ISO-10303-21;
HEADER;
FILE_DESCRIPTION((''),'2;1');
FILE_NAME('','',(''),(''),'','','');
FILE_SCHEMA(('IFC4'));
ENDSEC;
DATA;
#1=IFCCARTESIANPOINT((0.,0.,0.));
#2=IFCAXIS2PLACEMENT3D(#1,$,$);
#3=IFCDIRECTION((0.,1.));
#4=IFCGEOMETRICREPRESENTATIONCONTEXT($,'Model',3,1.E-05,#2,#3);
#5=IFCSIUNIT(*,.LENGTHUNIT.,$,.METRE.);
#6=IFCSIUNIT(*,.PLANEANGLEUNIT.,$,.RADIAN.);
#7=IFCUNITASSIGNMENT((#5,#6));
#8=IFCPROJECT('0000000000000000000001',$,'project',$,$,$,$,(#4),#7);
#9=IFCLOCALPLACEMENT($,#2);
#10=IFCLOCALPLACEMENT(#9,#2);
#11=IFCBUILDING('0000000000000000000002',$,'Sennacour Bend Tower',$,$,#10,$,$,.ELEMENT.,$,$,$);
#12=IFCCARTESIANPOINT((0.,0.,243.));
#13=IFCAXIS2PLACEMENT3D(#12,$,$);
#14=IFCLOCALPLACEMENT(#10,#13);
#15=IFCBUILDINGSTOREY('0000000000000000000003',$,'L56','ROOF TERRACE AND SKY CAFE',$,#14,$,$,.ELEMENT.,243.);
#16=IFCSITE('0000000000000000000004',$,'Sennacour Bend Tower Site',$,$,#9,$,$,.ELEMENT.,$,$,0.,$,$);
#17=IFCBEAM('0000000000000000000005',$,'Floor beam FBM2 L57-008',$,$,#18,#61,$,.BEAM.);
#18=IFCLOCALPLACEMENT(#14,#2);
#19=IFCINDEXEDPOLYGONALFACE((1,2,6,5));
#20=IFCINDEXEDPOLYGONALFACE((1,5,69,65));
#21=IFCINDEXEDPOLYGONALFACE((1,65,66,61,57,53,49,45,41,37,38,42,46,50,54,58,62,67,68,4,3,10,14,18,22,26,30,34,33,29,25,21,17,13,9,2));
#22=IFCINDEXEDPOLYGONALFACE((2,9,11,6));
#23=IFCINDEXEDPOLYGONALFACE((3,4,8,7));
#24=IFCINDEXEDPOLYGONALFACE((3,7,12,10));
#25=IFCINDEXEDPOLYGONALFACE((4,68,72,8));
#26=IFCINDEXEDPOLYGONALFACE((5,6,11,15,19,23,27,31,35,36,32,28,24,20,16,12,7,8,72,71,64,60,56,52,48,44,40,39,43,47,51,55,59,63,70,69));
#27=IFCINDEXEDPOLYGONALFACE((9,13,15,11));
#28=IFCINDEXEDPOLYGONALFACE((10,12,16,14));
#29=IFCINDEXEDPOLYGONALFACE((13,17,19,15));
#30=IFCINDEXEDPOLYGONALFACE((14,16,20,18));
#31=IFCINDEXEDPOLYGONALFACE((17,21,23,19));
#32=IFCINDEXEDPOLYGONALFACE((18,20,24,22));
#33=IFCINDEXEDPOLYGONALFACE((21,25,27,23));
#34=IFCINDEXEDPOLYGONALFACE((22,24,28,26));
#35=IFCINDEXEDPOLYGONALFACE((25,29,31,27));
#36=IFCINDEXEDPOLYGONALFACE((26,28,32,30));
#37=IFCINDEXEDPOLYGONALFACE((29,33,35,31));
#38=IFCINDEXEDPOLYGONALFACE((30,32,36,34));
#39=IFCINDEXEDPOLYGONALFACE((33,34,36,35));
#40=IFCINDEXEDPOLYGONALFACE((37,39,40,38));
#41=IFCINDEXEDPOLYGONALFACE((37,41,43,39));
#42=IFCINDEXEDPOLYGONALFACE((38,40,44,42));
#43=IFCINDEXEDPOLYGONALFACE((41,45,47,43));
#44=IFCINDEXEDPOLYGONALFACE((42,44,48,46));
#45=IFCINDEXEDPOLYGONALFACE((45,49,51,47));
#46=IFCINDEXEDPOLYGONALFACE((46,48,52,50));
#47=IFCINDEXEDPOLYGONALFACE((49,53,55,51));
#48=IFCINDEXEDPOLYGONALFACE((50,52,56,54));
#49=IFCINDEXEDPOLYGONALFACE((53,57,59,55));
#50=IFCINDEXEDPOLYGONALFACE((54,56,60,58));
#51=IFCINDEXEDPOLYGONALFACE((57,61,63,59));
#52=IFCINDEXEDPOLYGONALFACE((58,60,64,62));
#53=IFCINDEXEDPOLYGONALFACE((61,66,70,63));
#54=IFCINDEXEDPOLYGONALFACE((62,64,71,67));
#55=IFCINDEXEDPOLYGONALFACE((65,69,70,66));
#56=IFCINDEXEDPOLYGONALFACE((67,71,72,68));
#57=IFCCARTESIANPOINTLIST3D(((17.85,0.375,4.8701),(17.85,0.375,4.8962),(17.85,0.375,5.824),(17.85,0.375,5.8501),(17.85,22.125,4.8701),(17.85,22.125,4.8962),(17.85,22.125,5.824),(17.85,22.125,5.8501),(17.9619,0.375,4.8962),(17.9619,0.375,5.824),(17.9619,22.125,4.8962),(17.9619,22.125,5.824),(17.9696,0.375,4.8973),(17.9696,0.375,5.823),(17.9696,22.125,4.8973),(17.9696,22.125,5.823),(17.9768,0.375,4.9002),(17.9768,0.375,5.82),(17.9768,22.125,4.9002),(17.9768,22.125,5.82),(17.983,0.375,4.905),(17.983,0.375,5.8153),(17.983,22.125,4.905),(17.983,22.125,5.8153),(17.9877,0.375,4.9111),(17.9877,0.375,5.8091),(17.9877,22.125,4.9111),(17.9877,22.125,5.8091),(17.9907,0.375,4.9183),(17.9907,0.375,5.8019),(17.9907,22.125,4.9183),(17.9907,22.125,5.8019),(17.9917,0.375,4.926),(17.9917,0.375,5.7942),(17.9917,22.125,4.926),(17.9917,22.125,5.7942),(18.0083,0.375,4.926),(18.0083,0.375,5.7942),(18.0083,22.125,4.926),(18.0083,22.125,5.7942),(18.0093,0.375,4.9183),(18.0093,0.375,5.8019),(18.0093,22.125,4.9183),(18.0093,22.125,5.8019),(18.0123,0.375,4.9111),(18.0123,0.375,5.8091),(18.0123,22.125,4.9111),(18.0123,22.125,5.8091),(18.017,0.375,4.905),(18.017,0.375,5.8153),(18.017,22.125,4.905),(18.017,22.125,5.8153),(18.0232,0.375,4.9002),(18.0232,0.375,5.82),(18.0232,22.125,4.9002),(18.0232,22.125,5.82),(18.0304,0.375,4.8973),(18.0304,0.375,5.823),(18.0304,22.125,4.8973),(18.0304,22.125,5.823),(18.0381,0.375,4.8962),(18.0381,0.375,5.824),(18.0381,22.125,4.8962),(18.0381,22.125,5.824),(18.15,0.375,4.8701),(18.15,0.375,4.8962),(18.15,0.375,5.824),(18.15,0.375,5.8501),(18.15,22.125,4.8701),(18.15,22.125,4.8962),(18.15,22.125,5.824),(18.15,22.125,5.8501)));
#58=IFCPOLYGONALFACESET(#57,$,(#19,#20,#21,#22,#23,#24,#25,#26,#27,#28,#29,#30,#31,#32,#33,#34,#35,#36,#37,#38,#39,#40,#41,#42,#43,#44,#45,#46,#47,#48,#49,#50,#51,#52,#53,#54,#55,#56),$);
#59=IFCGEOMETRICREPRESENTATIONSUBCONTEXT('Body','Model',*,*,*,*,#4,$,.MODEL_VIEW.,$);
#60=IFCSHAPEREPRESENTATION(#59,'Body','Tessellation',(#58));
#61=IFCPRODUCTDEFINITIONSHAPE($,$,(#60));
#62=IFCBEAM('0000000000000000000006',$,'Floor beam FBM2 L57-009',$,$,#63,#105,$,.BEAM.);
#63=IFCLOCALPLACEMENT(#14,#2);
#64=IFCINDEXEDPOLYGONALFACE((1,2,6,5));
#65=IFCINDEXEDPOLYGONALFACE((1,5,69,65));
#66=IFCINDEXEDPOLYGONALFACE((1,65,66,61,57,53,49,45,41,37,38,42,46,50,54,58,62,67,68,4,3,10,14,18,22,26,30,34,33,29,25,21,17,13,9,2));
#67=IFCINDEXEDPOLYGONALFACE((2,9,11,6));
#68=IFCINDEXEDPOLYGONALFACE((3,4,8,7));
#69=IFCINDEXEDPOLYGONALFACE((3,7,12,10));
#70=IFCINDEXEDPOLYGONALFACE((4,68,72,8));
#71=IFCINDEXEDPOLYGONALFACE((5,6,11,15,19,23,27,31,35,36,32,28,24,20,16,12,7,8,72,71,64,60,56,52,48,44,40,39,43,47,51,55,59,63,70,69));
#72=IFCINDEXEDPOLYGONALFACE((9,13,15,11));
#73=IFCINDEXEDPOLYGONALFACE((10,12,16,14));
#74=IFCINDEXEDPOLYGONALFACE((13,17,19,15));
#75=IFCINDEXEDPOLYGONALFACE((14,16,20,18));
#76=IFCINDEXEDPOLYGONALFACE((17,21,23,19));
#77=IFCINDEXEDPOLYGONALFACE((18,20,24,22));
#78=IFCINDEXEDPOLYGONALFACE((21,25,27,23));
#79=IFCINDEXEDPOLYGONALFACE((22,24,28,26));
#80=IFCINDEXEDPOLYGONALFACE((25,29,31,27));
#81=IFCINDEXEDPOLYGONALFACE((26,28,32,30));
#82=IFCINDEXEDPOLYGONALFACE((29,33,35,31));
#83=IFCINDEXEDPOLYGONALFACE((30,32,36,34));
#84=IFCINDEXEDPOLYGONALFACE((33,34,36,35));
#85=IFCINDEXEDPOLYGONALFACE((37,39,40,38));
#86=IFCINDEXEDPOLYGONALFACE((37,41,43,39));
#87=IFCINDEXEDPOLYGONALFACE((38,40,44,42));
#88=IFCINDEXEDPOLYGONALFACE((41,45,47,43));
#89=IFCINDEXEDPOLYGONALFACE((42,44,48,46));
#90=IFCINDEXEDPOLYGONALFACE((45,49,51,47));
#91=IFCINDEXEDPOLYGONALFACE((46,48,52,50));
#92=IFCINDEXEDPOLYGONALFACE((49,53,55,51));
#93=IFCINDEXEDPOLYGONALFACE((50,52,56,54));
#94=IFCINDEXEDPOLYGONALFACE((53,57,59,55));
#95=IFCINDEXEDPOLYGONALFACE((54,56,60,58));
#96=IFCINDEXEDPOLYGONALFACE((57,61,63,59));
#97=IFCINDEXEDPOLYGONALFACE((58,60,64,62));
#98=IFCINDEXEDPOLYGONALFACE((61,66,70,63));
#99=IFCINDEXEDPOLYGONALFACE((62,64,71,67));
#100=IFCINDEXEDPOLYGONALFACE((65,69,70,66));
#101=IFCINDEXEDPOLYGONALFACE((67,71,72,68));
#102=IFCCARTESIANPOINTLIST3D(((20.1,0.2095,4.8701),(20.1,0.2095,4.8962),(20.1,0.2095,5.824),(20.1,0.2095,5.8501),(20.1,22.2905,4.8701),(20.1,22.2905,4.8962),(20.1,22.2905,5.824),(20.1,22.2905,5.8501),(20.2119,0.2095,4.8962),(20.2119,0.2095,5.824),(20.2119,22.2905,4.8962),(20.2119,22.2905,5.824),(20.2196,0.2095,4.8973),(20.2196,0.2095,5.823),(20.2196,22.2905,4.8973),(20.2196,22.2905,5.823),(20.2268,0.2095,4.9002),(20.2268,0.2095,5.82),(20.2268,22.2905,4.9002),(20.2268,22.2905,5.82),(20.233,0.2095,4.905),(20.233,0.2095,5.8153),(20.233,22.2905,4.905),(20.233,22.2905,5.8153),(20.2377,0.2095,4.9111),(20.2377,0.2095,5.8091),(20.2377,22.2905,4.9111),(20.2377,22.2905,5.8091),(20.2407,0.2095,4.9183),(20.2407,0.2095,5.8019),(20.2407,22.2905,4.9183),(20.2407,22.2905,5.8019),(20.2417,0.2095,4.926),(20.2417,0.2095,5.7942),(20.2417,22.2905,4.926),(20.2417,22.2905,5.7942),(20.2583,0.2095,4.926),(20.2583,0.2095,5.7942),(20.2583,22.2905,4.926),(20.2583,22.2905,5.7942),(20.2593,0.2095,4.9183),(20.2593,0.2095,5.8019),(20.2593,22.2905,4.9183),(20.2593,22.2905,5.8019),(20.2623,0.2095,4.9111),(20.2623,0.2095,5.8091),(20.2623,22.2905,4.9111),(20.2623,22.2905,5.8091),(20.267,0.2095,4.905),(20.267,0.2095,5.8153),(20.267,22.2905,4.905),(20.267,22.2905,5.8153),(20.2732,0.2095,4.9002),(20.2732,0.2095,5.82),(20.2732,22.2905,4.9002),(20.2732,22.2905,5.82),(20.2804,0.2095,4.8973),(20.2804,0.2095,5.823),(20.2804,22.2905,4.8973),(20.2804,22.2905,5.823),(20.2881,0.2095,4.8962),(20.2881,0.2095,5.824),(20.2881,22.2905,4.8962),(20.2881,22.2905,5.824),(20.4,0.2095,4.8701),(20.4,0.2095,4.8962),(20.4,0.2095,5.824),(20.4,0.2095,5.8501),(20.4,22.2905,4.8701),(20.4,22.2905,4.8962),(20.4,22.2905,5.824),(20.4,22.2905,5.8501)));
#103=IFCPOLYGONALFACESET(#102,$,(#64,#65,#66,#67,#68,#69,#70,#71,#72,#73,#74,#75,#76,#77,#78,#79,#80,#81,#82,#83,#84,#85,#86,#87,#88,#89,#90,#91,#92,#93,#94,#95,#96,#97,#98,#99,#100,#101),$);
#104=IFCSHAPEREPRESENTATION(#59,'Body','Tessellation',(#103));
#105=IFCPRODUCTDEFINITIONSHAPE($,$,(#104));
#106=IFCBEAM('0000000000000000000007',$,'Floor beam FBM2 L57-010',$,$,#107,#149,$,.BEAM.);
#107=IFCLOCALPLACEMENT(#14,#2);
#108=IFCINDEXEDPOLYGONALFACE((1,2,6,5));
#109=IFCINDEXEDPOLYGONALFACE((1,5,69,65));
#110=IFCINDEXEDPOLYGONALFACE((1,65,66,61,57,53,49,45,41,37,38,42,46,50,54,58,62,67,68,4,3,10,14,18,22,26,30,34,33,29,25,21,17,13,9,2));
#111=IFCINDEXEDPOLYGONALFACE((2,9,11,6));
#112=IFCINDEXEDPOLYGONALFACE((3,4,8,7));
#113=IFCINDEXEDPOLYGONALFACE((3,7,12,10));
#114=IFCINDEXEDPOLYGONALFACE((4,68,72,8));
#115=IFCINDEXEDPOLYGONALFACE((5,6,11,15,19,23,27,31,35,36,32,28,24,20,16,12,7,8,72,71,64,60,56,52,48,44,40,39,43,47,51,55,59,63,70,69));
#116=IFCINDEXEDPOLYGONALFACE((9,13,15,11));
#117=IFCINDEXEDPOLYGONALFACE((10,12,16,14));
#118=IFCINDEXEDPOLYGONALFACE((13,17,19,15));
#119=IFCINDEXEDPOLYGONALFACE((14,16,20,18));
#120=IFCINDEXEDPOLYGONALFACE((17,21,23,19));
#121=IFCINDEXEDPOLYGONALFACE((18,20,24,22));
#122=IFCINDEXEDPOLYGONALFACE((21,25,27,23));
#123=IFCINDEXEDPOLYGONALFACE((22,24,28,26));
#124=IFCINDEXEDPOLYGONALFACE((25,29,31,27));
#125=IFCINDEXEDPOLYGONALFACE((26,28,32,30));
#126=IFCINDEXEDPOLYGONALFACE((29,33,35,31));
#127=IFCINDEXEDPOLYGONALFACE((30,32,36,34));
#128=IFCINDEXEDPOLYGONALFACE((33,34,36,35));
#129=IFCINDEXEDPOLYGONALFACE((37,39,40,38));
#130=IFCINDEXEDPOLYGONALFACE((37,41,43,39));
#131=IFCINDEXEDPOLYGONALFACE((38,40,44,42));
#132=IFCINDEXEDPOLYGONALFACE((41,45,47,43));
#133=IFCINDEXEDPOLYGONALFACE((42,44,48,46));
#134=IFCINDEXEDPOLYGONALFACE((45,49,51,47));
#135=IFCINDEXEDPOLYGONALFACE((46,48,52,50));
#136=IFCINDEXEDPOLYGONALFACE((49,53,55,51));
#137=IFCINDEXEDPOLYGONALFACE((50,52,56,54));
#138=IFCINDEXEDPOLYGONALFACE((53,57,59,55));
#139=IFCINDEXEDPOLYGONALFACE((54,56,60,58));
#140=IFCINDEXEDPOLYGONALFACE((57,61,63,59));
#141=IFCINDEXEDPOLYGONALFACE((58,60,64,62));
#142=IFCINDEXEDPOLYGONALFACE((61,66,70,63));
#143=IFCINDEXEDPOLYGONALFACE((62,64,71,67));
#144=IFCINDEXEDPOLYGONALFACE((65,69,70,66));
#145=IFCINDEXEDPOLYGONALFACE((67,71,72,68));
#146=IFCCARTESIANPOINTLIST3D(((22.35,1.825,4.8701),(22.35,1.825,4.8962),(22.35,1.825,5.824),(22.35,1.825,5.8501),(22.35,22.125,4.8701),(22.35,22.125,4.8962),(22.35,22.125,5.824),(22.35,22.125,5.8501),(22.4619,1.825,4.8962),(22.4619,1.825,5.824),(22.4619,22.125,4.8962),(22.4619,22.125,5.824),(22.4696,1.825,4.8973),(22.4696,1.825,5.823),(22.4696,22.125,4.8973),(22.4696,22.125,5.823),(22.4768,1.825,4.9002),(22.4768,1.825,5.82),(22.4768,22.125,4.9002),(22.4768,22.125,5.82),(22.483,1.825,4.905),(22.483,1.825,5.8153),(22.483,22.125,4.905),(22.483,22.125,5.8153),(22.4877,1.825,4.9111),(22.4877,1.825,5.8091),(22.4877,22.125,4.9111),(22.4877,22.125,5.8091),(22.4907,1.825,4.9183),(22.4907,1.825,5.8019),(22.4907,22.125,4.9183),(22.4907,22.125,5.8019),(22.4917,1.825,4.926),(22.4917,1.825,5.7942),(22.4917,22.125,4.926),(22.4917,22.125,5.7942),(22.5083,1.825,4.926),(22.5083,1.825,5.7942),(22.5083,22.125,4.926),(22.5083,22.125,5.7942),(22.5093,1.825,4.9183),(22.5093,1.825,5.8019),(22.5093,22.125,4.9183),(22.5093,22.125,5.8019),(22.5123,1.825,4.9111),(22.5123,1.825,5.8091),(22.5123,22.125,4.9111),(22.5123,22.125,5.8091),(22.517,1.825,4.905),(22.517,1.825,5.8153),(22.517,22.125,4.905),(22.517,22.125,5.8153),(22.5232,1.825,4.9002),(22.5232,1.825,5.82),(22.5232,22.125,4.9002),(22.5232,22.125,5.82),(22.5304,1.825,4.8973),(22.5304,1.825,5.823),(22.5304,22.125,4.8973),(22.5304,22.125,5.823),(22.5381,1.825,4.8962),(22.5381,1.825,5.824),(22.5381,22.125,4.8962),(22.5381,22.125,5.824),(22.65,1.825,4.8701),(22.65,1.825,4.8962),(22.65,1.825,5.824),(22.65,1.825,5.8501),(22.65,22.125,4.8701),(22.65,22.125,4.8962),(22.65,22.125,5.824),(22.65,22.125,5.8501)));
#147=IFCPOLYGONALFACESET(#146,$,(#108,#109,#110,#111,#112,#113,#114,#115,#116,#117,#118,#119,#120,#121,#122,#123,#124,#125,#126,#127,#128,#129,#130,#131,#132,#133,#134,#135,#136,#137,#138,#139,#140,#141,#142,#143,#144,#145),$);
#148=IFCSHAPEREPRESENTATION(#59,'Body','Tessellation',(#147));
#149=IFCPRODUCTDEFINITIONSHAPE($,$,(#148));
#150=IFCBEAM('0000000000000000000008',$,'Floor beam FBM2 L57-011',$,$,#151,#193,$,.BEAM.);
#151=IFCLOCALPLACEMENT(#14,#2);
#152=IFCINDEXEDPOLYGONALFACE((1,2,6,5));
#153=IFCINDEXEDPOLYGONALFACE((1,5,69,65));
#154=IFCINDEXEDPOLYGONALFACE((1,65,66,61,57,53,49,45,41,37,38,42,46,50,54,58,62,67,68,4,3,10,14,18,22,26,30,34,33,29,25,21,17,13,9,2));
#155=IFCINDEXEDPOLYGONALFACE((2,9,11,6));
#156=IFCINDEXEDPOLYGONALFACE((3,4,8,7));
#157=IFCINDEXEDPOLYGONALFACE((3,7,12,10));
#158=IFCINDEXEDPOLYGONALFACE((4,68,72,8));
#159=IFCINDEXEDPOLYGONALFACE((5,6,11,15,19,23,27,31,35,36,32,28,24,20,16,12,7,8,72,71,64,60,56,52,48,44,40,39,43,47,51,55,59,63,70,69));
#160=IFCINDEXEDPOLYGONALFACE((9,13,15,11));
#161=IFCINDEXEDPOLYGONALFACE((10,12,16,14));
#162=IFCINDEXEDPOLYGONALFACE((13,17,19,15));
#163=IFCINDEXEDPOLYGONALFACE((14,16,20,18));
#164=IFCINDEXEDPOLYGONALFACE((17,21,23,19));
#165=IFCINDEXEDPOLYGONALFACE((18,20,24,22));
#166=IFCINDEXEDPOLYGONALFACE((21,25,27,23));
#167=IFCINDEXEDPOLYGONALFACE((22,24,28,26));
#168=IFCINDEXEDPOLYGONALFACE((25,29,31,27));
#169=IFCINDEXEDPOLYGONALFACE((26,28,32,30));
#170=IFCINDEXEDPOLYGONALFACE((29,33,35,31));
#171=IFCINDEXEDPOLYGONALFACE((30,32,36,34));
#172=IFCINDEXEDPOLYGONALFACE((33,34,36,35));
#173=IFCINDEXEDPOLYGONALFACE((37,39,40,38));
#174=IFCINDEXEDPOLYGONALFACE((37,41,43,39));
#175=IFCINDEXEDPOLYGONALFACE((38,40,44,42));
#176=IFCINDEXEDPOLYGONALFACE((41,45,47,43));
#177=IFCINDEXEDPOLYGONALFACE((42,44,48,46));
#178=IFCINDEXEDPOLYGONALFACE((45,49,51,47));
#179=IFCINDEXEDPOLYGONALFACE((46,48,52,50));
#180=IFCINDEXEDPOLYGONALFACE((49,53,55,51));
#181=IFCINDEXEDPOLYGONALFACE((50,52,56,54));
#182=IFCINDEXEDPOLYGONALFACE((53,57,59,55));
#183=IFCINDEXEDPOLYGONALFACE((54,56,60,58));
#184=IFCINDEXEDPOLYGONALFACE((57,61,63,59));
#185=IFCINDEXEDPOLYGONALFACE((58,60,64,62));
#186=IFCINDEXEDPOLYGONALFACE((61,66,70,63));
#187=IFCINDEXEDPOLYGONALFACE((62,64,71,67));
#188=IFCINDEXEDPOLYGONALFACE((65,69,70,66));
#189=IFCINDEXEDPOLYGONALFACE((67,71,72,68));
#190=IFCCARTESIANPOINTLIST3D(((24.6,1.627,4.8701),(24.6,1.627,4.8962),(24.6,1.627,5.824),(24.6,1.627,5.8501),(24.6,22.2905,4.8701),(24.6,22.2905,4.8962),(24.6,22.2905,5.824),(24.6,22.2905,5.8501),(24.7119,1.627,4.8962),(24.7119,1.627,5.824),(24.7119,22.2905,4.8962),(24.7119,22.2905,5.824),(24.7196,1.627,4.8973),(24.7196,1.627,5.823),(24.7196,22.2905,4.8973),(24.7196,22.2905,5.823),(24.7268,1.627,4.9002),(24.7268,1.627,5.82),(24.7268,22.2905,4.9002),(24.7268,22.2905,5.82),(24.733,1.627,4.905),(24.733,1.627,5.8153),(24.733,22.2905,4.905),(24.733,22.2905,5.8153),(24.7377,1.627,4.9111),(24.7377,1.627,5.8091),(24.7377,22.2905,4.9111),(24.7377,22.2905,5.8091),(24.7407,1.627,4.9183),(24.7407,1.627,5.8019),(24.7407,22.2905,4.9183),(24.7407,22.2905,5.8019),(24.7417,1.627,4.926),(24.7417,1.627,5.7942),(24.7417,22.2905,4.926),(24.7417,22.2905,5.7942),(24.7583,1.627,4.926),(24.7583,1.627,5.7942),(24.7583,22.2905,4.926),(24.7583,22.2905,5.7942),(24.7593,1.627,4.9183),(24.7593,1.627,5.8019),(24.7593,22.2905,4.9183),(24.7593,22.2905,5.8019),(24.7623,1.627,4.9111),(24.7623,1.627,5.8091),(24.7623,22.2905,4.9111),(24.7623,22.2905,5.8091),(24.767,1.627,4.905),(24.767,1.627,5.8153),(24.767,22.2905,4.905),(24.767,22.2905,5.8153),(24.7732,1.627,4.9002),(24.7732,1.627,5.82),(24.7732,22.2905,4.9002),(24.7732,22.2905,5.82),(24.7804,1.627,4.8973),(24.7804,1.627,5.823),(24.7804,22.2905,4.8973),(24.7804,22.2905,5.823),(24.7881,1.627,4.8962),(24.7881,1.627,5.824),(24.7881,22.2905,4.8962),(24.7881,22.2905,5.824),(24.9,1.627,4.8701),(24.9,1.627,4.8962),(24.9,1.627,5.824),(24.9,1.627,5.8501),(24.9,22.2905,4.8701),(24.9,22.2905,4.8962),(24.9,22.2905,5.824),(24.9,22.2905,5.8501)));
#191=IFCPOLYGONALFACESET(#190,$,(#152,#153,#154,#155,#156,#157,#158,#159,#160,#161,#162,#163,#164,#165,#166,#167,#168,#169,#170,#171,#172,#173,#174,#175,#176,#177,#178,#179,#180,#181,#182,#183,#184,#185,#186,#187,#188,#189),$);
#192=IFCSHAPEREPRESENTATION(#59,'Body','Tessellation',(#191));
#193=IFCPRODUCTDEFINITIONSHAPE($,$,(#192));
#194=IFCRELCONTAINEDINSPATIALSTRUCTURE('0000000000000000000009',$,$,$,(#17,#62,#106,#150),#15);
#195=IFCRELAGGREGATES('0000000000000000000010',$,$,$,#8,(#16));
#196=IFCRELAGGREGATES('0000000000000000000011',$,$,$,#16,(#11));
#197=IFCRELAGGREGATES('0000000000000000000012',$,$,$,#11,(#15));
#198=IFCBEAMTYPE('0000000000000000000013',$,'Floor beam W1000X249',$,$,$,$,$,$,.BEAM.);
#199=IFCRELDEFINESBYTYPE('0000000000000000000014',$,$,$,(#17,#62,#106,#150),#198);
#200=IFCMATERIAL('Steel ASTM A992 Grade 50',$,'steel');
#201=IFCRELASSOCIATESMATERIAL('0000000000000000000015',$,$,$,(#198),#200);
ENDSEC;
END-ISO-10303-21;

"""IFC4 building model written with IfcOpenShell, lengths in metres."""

from ifc_helpers import new_model, si_unit, direction, frame, origin, origin_2d, place, context, subcontext, project, spatial, i_section, extrude, material, material_profile, profile_set, type_object, element, save


model = new_model("IFC4")

# Units and contexts
model_context = context("Model", 3, precision=1e-05, world=origin(), true_north=direction((0.0, 1.0)))
body_context = subcontext(model_context, "Body", "Model", "MODEL_VIEW")
ifc_project = project(units=[si_unit("LENGTHUNIT", "METRE"), si_unit("PLANEANGLEUNIT", "RADIAN")], contexts=[model_context])

# Site, building, storey
site_placement = place(None, origin())
site = spatial("IfcSite", under=ifc_project, at=site_placement, Name="Sennacour Bend Tower Site", CompositionType="ELEMENT", RefElevation=0.0)
building_placement = place(site_placement, origin())
building = spatial("IfcBuilding", under=site, at=building_placement, Name="Sennacour Bend Tower", CompositionType="ELEMENT")
storey_placement = place(building_placement, frame((0.0, 0.0, 243.0)))
storey = spatial("IfcBuildingStorey", under=building, at=storey_placement, Name="L56", Description="ROOF TERRACE AND SKY CAFE", CompositionType="ELEMENT", Elevation=243.0)

# Shared definitions
ifc_material_1 = material(Name="Steel ASTM A992 Grade 50", Category="steel")

# Beams
ifc_material_profile_1 = material_profile(ifc_material_1, i_section(OverallWidth=0.3, OverallDepth=0.98, WebThickness=0.0166, FlangeThickness=0.0261, FilletRadius=0.0298, at=origin_2d()), Name="Steel ASTM A992 Grade 50", Category="steel")
ifc_profile_set_1 = profile_set([ifc_material_profile_1], Name="Steel ASTM A992 Grade 50")
beam_type_1 = type_object("IfcBeamType", Name="Floor beam W1000X249", PredefinedType="BEAM", material=ifc_profile_set_1)
beam_1_placement = place(storey_placement, frame((18.0, 0.375, 5.3601), z_axis=(0.0, 1.0, 0.0), x_axis=(-1.0, 0.0, 0.0)))
element("IfcBeam", 1, at=beam_1_placement, inside=storey, type_object=beam_type_1, Name="Floor beam FBM2 L57-008", PredefinedType="BEAM", context=body_context, shape_type="SweptSolid", body=[
    extrude(i_section(OverallWidth=0.3, OverallDepth=0.98, WebThickness=0.0166, FlangeThickness=0.0261, FilletRadius=0.0298, at=origin_2d()), origin(), (0.0, 0.0, 1.0), 21.75),
])
beam_2_placement = place(storey_placement, frame((20.25, 0.2095, 5.3601), z_axis=(0.0, 1.0, 0.0), x_axis=(-1.0, 0.0, 0.0)))
element("IfcBeam", 2, at=beam_2_placement, inside=storey, type_object=beam_type_1, Name="Floor beam FBM2 L57-009", PredefinedType="BEAM", context=body_context, shape_type="SweptSolid", body=[
    extrude(i_section(OverallWidth=0.3, OverallDepth=0.98, WebThickness=0.0166, FlangeThickness=0.0261, FilletRadius=0.0298, at=origin_2d()), origin(), (0.0, 0.0, 1.0), 22.0811),
])
beam_3_placement = place(storey_placement, frame((22.5, 1.825, 5.3601), z_axis=(0.0, 1.0, 0.0), x_axis=(-1.0, 0.0, 0.0)))
element("IfcBeam", 3, at=beam_3_placement, inside=storey, type_object=beam_type_1, Name="Floor beam FBM2 L57-010", PredefinedType="BEAM", context=body_context, shape_type="SweptSolid", body=[
    extrude(i_section(OverallWidth=0.3, OverallDepth=0.98, WebThickness=0.0166, FlangeThickness=0.0261, FilletRadius=0.0298, at=origin_2d()), origin(), (0.0, 0.0, 1.0), 20.3),
])
beam_4_placement = place(storey_placement, frame((24.75, 1.627, 5.3601), z_axis=(0.0, 1.0, 0.0), x_axis=(-1.0, 0.0, 0.0)))
element("IfcBeam", 4, at=beam_4_placement, inside=storey, type_object=beam_type_1, Name="Floor beam FBM2 L57-011", PredefinedType="BEAM", context=body_context, shape_type="SweptSolid", body=[
    extrude(i_section(OverallWidth=0.3, OverallDepth=0.98, WebThickness=0.0166, FlangeThickness=0.0261, FilletRadius=0.0298, at=origin_2d()), origin(), (0.0, 0.0, 1.0), 20.6636),
])

save(model, "model.ifc")
